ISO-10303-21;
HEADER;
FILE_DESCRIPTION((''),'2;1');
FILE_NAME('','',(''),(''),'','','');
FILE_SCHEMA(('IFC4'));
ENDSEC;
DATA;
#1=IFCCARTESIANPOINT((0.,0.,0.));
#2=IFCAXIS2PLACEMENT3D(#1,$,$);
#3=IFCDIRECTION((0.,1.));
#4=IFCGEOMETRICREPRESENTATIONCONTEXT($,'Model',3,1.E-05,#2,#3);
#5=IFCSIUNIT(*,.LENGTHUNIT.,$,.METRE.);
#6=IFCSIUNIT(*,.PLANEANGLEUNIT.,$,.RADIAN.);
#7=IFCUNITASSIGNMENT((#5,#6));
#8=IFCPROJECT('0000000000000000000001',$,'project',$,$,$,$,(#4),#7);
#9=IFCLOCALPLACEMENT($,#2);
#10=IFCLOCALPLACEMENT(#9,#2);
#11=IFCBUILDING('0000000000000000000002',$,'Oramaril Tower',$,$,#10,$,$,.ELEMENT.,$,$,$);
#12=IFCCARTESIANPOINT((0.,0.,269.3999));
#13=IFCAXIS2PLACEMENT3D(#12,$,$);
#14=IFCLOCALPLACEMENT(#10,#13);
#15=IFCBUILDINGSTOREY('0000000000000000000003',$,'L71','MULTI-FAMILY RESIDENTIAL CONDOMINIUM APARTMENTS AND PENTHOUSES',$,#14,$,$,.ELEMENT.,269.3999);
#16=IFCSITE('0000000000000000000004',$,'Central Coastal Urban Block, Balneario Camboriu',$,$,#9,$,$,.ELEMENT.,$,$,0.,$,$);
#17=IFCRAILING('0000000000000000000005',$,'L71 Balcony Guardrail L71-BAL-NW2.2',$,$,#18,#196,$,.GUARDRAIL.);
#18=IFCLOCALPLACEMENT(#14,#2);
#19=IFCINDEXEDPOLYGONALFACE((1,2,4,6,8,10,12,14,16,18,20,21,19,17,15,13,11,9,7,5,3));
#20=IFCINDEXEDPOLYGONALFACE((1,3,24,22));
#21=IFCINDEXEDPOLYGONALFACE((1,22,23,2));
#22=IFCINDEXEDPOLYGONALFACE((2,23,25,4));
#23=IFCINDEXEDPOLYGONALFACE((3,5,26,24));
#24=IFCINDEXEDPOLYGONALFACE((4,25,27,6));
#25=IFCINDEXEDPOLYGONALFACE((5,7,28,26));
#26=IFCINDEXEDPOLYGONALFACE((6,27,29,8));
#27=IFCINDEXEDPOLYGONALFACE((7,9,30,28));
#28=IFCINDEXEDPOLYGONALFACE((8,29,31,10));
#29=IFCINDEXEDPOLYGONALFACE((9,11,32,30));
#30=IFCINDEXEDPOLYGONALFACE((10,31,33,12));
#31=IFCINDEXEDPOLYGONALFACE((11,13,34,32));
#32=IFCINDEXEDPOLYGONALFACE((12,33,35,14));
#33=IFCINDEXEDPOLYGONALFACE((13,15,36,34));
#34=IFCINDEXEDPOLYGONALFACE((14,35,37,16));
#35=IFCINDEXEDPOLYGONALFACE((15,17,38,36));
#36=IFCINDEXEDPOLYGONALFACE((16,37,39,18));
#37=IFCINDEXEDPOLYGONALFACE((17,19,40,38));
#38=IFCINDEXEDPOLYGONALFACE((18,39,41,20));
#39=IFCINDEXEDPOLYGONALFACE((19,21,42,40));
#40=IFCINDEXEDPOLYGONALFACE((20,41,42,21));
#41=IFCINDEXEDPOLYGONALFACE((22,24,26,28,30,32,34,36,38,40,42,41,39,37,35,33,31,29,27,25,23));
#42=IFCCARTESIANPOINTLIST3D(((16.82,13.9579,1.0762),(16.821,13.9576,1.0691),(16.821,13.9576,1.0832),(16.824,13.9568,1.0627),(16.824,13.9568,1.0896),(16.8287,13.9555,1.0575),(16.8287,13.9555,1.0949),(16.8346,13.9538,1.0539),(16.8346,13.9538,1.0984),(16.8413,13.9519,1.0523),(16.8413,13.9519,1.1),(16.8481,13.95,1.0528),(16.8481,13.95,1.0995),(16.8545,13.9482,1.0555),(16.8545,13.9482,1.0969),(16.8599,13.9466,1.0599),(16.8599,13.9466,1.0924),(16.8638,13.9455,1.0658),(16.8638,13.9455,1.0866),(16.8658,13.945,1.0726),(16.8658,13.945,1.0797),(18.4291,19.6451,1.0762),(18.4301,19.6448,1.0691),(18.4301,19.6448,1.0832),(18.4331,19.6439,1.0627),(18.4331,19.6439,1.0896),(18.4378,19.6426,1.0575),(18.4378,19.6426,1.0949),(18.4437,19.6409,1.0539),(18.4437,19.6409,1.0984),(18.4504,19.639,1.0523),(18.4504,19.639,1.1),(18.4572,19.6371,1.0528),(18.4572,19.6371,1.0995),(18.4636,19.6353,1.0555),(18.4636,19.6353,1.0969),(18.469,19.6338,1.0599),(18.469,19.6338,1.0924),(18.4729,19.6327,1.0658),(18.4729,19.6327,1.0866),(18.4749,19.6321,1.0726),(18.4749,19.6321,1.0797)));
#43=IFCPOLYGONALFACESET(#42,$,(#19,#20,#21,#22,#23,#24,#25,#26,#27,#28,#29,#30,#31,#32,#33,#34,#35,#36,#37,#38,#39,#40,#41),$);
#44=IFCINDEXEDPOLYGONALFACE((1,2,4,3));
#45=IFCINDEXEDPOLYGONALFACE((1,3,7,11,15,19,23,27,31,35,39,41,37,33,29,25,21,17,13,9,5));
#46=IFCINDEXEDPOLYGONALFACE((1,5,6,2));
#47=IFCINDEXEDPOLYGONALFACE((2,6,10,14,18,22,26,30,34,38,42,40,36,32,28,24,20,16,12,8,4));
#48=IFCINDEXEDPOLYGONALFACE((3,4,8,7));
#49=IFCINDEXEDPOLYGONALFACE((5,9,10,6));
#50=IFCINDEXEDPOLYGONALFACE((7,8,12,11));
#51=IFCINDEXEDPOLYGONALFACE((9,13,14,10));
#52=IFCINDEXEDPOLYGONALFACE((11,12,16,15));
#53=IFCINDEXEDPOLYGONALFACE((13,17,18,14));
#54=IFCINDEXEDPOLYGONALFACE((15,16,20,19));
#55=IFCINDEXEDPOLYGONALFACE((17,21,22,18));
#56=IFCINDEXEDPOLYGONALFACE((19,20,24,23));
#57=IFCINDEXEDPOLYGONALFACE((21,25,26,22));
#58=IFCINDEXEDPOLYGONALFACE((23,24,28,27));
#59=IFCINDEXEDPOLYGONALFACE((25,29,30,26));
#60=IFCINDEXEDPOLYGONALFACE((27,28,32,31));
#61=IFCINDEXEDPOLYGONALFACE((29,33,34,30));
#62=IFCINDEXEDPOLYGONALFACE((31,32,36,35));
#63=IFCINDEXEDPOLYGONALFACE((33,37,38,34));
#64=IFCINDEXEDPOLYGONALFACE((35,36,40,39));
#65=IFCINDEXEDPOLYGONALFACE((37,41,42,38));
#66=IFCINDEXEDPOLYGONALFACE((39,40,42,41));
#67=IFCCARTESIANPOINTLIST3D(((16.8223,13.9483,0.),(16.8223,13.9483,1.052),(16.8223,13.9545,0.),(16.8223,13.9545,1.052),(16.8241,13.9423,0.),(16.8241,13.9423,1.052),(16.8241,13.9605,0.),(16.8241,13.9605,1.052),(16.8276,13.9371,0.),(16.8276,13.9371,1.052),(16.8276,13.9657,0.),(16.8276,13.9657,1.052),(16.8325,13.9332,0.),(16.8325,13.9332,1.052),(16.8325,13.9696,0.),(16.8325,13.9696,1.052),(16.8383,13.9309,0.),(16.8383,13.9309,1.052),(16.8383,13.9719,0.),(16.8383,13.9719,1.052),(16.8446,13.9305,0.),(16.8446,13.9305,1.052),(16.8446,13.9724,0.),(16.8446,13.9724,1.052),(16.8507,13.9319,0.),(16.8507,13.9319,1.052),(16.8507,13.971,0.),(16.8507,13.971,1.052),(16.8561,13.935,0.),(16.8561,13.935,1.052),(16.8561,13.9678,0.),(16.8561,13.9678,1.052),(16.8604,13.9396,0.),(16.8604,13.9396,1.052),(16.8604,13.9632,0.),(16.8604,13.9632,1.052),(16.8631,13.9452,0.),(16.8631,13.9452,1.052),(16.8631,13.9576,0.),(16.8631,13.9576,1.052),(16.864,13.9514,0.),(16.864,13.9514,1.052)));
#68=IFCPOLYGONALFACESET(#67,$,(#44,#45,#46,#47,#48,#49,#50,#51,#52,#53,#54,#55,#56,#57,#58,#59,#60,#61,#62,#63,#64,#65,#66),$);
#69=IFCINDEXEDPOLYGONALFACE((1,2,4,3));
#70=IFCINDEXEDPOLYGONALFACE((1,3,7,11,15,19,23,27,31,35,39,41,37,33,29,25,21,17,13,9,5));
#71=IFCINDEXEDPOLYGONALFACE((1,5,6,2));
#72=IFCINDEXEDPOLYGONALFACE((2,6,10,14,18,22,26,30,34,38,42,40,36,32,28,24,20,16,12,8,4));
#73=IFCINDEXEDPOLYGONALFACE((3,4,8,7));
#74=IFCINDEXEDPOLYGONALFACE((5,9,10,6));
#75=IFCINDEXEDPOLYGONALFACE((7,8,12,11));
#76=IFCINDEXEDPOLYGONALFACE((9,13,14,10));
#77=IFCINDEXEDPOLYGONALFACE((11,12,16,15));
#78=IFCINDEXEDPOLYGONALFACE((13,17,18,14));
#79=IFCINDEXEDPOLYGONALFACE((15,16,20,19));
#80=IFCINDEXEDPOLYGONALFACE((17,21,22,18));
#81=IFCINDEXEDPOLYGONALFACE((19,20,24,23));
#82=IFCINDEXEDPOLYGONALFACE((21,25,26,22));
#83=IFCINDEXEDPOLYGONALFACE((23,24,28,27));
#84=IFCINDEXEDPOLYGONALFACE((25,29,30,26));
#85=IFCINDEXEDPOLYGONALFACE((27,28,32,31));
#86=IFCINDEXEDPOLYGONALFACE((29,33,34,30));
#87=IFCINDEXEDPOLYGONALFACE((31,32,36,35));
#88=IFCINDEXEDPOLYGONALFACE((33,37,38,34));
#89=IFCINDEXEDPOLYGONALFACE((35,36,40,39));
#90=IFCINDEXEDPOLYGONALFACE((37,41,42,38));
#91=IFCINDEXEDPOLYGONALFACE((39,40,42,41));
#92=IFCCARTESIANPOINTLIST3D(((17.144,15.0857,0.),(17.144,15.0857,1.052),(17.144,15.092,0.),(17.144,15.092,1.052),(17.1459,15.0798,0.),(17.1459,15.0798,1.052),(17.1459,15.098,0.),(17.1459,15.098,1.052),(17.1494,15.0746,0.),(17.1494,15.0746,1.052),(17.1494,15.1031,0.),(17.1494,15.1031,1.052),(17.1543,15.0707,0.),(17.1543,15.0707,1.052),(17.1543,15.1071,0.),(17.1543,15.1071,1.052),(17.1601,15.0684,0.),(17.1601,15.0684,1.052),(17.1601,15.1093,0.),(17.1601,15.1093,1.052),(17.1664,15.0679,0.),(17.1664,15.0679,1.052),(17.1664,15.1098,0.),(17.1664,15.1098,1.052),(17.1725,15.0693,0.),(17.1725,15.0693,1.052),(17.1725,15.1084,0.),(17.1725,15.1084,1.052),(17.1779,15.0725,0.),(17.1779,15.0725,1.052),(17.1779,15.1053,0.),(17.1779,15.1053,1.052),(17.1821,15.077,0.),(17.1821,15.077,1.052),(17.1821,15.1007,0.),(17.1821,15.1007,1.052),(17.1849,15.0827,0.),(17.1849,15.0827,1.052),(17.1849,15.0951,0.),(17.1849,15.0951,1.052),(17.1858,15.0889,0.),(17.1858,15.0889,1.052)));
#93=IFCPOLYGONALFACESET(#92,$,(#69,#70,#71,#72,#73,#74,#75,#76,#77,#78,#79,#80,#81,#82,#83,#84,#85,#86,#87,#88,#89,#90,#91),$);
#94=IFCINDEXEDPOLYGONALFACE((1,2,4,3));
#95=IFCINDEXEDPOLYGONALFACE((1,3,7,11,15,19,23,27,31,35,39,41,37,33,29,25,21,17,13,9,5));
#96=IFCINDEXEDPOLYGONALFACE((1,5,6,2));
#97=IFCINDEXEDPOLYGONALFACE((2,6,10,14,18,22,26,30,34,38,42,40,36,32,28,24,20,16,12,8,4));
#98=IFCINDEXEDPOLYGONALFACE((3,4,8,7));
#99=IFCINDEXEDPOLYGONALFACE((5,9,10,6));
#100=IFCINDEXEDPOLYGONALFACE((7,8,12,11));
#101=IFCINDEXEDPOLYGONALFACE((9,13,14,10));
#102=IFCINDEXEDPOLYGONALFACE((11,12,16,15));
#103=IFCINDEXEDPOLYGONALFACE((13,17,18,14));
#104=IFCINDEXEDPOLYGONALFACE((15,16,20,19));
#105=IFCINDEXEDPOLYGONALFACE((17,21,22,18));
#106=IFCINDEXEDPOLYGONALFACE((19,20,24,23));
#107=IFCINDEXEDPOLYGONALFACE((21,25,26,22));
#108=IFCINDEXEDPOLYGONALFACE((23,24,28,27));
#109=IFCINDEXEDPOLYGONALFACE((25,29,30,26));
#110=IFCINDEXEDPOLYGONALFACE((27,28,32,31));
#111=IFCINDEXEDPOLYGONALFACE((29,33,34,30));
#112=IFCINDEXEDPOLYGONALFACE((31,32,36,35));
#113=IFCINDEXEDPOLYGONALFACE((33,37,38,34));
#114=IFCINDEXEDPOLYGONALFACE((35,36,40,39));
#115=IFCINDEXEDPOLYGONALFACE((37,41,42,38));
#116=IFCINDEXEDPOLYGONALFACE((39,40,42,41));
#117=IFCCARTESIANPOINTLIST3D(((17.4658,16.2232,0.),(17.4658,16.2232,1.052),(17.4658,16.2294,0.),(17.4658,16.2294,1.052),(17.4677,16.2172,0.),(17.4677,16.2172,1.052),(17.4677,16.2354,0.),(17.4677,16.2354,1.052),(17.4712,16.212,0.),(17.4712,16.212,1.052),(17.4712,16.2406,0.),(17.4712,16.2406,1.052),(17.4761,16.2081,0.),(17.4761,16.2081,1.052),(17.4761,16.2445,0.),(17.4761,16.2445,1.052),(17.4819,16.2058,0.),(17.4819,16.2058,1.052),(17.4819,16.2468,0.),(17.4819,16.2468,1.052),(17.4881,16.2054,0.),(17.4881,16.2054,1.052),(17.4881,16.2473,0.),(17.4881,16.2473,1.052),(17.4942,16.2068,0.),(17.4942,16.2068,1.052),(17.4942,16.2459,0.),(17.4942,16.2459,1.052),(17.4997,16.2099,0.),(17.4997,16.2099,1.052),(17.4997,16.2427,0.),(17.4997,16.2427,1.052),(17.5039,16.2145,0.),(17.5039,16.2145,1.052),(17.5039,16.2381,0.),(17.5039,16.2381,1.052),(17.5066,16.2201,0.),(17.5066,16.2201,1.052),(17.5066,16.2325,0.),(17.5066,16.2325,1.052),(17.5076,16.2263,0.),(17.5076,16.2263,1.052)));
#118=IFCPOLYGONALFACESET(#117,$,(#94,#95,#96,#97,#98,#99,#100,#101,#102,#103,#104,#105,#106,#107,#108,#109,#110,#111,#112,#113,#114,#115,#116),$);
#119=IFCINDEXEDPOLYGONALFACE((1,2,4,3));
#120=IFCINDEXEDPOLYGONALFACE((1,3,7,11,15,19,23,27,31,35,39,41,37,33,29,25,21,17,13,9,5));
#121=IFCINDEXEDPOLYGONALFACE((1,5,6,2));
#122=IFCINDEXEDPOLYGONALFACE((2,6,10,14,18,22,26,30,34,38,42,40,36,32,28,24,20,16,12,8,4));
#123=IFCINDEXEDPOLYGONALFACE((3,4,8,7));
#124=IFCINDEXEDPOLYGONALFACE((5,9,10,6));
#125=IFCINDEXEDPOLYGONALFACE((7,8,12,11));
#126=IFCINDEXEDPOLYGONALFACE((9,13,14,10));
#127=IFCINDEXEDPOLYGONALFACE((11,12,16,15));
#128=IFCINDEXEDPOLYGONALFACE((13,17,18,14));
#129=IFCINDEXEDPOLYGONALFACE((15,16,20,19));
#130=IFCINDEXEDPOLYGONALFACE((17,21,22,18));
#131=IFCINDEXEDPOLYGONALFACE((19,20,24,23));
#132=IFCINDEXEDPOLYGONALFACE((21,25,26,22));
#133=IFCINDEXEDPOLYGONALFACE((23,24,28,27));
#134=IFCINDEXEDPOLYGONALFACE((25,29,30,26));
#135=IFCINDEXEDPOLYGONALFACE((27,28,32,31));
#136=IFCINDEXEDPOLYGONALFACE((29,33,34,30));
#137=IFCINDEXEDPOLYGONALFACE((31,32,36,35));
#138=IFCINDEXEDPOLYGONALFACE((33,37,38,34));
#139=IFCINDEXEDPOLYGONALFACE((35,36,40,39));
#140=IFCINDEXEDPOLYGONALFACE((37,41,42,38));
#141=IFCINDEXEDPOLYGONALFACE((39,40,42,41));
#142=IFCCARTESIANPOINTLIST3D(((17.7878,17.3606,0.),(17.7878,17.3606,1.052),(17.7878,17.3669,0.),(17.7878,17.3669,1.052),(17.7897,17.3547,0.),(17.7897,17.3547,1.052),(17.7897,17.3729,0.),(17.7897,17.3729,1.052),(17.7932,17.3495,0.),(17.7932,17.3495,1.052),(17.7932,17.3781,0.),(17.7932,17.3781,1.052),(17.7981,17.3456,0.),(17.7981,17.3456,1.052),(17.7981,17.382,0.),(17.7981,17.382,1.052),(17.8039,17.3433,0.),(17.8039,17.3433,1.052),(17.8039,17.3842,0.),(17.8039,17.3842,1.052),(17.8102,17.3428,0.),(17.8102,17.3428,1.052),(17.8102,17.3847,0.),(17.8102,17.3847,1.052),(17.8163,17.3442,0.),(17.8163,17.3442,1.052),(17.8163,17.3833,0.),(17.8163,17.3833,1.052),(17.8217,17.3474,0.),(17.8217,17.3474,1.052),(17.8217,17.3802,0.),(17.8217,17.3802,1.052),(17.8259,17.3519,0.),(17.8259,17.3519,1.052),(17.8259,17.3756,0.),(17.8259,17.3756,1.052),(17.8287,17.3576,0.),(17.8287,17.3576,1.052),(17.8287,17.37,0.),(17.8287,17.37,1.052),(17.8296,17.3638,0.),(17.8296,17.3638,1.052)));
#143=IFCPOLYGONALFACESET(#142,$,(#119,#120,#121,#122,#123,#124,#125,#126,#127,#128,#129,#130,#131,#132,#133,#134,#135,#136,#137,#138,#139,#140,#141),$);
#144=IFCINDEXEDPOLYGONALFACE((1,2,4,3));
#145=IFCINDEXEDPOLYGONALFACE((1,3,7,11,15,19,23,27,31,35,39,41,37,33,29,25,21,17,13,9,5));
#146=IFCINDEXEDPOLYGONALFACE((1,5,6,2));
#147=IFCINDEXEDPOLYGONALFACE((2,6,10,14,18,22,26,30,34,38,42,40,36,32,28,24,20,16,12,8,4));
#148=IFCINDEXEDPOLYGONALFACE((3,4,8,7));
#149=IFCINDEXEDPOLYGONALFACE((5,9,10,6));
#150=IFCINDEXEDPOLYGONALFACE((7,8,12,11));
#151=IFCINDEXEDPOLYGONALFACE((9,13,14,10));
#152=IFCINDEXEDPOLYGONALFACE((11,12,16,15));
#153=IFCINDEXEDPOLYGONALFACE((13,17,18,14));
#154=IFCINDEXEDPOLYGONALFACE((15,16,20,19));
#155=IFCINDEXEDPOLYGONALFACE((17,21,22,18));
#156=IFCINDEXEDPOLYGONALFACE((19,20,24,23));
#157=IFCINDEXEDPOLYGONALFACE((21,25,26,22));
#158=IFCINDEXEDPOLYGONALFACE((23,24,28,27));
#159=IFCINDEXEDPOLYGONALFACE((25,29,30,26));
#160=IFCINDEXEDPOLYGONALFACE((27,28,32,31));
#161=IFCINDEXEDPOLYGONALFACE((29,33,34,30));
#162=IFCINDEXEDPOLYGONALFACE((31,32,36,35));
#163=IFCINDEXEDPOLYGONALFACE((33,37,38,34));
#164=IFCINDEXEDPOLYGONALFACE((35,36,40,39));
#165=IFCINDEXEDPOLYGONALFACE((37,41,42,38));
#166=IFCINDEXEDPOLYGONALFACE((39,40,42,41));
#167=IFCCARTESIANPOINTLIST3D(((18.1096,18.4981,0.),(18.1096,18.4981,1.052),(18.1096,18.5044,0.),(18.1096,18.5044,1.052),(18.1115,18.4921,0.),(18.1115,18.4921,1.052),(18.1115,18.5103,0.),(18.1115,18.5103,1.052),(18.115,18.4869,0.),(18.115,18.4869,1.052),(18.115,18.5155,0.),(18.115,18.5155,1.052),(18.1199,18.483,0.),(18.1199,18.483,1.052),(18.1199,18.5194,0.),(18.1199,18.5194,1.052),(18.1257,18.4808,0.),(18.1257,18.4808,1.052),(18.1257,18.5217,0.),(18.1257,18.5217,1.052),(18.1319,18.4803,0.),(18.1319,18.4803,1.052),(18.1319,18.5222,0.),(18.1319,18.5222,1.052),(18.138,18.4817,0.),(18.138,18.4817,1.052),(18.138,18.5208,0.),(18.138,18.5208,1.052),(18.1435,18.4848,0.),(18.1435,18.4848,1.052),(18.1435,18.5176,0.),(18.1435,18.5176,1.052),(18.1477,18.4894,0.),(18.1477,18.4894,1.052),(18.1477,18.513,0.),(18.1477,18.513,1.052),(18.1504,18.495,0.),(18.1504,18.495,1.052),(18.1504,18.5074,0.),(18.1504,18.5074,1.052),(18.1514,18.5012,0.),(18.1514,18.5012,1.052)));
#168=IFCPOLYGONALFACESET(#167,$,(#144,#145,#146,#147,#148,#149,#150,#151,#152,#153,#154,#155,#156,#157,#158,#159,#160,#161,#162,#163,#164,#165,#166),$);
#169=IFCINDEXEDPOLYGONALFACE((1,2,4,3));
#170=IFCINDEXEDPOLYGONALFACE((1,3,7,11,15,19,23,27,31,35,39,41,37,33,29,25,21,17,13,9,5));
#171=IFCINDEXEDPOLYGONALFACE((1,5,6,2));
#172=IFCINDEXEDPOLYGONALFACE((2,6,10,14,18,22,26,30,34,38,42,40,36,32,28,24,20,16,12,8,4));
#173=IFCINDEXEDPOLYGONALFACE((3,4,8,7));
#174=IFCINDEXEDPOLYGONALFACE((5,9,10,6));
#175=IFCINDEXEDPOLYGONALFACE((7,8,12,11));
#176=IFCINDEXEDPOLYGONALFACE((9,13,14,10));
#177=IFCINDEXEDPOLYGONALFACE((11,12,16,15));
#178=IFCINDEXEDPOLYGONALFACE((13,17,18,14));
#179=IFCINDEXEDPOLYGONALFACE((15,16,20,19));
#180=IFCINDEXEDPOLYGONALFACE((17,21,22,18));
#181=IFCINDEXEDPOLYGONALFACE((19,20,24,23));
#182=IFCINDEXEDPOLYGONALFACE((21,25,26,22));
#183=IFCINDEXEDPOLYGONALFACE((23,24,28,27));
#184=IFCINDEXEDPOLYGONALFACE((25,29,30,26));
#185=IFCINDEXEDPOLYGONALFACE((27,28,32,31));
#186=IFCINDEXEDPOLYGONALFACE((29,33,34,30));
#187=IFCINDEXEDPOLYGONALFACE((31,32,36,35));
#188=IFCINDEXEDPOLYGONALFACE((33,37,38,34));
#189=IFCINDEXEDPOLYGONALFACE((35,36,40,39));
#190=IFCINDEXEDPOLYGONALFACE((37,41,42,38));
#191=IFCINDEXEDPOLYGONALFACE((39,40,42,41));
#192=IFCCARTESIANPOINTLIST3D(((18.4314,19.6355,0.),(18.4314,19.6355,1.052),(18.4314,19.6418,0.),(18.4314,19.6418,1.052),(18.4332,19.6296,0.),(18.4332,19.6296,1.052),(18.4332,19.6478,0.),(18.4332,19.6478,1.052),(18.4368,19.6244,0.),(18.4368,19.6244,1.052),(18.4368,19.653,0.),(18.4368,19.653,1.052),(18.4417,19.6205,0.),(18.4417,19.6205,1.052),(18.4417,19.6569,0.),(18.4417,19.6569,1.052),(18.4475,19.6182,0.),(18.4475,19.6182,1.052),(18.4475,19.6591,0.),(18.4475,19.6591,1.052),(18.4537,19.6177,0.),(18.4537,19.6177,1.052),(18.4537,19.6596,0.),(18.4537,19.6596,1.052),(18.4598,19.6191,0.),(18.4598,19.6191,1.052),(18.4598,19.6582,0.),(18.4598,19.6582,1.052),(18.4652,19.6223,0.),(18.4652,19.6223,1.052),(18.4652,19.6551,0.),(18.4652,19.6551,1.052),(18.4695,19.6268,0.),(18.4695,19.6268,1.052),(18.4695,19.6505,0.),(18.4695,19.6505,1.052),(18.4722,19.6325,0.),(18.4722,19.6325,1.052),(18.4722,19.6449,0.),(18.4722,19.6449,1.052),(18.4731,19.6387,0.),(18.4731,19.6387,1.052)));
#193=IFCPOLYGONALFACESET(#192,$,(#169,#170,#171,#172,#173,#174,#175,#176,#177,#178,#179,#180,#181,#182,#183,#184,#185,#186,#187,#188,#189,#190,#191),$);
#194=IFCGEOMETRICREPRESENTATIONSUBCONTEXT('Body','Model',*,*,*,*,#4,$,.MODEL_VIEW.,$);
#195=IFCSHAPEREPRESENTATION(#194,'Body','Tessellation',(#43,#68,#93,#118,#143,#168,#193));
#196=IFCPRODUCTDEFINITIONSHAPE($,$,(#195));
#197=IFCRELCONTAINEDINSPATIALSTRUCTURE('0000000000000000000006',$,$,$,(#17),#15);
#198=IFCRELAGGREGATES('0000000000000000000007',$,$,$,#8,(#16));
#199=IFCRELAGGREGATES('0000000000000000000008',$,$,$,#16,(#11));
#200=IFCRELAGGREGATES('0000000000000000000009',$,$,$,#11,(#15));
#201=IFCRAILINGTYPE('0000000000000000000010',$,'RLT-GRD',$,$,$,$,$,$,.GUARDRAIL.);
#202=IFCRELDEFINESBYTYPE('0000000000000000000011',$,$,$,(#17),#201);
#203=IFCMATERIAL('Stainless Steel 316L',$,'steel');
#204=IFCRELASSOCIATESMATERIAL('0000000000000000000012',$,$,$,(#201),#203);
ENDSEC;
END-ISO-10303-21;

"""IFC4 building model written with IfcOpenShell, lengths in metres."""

from ifc_helpers import new_model, si_unit, direction, frame, origin, origin_2d, place, context, subcontext, project, spatial, circle, extrude, material, type_object, element, save


model = new_model("IFC4")

# Units and contexts
model_context = context("Model", 3, precision=1e-05, world=origin(), true_north=direction((0.0, 1.0)))
body_context = subcontext(model_context, "Body", "Model", "MODEL_VIEW")
ifc_project = project(units=[si_unit("LENGTHUNIT", "METRE"), si_unit("PLANEANGLEUNIT", "RADIAN")], contexts=[model_context])

# Site, building, storey
site_placement = place(None, origin())
site = spatial("IfcSite", under=ifc_project, at=site_placement, Name="Central Coastal Urban Block, Balneario Camboriu", CompositionType="ELEMENT", RefElevation=0.0)
building_placement = place(site_placement, origin())
building = spatial("IfcBuilding", under=site, at=building_placement, Name="Oramaril Tower", CompositionType="ELEMENT")
storey_placement = place(building_placement, frame((0.0, 0.0, 269.3999)))
storey = spatial("IfcBuildingStorey", under=building, at=storey_placement, Name="L71", Description="MULTI-FAMILY RESIDENTIAL CONDOMINIUM APARTMENTS AND PENTHOUSES", CompositionType="ELEMENT", Elevation=269.3999)

# Railing
ifc_material_1 = material(Name="Stainless Steel 316L", Category="steel")
railing_type = type_object("IfcRailingType", Name="RLT-GRD", PredefinedType="GUARDRAIL", material=ifc_material_1)
railing_1_placement = place(storey_placement, frame((16.843, 13.9514, 0.0)))
element("IfcRailing", 1, at=railing_1_placement, inside=storey, type_object=railing_type, Name="L71 Balcony Guardrail L71-BAL-NW2.2", PredefinedType="GUARDRAIL", context=body_context, shape_type="SweptSolid", body=[
    extrude(circle(Radius=0.0239, at=origin_2d()), frame((0.0, 0.0, 1.0762), z_axis=(0.272249, 0.962227, 0.0), x_axis=(-0.962227, 0.272249, 0.0)), (0.0, 0.0, 1.0), 5.9104),
    extrude(circle(Radius=0.021, at=origin_2d()), origin(), (0.0, 0.0, 1.0), 1.052),
    extrude(circle(Radius=0.021, at=origin_2d()), frame((0.3218, 1.1375, 0.0)), (0.0, 0.0, 1.0), 1.052),
    extrude(circle(Radius=0.021, at=origin_2d()), frame((0.6436, 2.2749, 0.0)), (0.0, 0.0, 1.0), 1.052),
    extrude(circle(Radius=0.021, at=origin_2d()), frame((0.9656, 3.4124, 0.0)), (0.0, 0.0, 1.0), 1.052),
    extrude(circle(Radius=0.021, at=origin_2d()), frame((1.2874, 4.5498, 0.0)), (0.0, 0.0, 1.0), 1.052),
    extrude(circle(Radius=0.021, at=origin_2d()), frame((1.6091, 5.6873, 0.0)), (0.0, 0.0, 1.0), 1.052),
])

save(model, "model.ifc")
